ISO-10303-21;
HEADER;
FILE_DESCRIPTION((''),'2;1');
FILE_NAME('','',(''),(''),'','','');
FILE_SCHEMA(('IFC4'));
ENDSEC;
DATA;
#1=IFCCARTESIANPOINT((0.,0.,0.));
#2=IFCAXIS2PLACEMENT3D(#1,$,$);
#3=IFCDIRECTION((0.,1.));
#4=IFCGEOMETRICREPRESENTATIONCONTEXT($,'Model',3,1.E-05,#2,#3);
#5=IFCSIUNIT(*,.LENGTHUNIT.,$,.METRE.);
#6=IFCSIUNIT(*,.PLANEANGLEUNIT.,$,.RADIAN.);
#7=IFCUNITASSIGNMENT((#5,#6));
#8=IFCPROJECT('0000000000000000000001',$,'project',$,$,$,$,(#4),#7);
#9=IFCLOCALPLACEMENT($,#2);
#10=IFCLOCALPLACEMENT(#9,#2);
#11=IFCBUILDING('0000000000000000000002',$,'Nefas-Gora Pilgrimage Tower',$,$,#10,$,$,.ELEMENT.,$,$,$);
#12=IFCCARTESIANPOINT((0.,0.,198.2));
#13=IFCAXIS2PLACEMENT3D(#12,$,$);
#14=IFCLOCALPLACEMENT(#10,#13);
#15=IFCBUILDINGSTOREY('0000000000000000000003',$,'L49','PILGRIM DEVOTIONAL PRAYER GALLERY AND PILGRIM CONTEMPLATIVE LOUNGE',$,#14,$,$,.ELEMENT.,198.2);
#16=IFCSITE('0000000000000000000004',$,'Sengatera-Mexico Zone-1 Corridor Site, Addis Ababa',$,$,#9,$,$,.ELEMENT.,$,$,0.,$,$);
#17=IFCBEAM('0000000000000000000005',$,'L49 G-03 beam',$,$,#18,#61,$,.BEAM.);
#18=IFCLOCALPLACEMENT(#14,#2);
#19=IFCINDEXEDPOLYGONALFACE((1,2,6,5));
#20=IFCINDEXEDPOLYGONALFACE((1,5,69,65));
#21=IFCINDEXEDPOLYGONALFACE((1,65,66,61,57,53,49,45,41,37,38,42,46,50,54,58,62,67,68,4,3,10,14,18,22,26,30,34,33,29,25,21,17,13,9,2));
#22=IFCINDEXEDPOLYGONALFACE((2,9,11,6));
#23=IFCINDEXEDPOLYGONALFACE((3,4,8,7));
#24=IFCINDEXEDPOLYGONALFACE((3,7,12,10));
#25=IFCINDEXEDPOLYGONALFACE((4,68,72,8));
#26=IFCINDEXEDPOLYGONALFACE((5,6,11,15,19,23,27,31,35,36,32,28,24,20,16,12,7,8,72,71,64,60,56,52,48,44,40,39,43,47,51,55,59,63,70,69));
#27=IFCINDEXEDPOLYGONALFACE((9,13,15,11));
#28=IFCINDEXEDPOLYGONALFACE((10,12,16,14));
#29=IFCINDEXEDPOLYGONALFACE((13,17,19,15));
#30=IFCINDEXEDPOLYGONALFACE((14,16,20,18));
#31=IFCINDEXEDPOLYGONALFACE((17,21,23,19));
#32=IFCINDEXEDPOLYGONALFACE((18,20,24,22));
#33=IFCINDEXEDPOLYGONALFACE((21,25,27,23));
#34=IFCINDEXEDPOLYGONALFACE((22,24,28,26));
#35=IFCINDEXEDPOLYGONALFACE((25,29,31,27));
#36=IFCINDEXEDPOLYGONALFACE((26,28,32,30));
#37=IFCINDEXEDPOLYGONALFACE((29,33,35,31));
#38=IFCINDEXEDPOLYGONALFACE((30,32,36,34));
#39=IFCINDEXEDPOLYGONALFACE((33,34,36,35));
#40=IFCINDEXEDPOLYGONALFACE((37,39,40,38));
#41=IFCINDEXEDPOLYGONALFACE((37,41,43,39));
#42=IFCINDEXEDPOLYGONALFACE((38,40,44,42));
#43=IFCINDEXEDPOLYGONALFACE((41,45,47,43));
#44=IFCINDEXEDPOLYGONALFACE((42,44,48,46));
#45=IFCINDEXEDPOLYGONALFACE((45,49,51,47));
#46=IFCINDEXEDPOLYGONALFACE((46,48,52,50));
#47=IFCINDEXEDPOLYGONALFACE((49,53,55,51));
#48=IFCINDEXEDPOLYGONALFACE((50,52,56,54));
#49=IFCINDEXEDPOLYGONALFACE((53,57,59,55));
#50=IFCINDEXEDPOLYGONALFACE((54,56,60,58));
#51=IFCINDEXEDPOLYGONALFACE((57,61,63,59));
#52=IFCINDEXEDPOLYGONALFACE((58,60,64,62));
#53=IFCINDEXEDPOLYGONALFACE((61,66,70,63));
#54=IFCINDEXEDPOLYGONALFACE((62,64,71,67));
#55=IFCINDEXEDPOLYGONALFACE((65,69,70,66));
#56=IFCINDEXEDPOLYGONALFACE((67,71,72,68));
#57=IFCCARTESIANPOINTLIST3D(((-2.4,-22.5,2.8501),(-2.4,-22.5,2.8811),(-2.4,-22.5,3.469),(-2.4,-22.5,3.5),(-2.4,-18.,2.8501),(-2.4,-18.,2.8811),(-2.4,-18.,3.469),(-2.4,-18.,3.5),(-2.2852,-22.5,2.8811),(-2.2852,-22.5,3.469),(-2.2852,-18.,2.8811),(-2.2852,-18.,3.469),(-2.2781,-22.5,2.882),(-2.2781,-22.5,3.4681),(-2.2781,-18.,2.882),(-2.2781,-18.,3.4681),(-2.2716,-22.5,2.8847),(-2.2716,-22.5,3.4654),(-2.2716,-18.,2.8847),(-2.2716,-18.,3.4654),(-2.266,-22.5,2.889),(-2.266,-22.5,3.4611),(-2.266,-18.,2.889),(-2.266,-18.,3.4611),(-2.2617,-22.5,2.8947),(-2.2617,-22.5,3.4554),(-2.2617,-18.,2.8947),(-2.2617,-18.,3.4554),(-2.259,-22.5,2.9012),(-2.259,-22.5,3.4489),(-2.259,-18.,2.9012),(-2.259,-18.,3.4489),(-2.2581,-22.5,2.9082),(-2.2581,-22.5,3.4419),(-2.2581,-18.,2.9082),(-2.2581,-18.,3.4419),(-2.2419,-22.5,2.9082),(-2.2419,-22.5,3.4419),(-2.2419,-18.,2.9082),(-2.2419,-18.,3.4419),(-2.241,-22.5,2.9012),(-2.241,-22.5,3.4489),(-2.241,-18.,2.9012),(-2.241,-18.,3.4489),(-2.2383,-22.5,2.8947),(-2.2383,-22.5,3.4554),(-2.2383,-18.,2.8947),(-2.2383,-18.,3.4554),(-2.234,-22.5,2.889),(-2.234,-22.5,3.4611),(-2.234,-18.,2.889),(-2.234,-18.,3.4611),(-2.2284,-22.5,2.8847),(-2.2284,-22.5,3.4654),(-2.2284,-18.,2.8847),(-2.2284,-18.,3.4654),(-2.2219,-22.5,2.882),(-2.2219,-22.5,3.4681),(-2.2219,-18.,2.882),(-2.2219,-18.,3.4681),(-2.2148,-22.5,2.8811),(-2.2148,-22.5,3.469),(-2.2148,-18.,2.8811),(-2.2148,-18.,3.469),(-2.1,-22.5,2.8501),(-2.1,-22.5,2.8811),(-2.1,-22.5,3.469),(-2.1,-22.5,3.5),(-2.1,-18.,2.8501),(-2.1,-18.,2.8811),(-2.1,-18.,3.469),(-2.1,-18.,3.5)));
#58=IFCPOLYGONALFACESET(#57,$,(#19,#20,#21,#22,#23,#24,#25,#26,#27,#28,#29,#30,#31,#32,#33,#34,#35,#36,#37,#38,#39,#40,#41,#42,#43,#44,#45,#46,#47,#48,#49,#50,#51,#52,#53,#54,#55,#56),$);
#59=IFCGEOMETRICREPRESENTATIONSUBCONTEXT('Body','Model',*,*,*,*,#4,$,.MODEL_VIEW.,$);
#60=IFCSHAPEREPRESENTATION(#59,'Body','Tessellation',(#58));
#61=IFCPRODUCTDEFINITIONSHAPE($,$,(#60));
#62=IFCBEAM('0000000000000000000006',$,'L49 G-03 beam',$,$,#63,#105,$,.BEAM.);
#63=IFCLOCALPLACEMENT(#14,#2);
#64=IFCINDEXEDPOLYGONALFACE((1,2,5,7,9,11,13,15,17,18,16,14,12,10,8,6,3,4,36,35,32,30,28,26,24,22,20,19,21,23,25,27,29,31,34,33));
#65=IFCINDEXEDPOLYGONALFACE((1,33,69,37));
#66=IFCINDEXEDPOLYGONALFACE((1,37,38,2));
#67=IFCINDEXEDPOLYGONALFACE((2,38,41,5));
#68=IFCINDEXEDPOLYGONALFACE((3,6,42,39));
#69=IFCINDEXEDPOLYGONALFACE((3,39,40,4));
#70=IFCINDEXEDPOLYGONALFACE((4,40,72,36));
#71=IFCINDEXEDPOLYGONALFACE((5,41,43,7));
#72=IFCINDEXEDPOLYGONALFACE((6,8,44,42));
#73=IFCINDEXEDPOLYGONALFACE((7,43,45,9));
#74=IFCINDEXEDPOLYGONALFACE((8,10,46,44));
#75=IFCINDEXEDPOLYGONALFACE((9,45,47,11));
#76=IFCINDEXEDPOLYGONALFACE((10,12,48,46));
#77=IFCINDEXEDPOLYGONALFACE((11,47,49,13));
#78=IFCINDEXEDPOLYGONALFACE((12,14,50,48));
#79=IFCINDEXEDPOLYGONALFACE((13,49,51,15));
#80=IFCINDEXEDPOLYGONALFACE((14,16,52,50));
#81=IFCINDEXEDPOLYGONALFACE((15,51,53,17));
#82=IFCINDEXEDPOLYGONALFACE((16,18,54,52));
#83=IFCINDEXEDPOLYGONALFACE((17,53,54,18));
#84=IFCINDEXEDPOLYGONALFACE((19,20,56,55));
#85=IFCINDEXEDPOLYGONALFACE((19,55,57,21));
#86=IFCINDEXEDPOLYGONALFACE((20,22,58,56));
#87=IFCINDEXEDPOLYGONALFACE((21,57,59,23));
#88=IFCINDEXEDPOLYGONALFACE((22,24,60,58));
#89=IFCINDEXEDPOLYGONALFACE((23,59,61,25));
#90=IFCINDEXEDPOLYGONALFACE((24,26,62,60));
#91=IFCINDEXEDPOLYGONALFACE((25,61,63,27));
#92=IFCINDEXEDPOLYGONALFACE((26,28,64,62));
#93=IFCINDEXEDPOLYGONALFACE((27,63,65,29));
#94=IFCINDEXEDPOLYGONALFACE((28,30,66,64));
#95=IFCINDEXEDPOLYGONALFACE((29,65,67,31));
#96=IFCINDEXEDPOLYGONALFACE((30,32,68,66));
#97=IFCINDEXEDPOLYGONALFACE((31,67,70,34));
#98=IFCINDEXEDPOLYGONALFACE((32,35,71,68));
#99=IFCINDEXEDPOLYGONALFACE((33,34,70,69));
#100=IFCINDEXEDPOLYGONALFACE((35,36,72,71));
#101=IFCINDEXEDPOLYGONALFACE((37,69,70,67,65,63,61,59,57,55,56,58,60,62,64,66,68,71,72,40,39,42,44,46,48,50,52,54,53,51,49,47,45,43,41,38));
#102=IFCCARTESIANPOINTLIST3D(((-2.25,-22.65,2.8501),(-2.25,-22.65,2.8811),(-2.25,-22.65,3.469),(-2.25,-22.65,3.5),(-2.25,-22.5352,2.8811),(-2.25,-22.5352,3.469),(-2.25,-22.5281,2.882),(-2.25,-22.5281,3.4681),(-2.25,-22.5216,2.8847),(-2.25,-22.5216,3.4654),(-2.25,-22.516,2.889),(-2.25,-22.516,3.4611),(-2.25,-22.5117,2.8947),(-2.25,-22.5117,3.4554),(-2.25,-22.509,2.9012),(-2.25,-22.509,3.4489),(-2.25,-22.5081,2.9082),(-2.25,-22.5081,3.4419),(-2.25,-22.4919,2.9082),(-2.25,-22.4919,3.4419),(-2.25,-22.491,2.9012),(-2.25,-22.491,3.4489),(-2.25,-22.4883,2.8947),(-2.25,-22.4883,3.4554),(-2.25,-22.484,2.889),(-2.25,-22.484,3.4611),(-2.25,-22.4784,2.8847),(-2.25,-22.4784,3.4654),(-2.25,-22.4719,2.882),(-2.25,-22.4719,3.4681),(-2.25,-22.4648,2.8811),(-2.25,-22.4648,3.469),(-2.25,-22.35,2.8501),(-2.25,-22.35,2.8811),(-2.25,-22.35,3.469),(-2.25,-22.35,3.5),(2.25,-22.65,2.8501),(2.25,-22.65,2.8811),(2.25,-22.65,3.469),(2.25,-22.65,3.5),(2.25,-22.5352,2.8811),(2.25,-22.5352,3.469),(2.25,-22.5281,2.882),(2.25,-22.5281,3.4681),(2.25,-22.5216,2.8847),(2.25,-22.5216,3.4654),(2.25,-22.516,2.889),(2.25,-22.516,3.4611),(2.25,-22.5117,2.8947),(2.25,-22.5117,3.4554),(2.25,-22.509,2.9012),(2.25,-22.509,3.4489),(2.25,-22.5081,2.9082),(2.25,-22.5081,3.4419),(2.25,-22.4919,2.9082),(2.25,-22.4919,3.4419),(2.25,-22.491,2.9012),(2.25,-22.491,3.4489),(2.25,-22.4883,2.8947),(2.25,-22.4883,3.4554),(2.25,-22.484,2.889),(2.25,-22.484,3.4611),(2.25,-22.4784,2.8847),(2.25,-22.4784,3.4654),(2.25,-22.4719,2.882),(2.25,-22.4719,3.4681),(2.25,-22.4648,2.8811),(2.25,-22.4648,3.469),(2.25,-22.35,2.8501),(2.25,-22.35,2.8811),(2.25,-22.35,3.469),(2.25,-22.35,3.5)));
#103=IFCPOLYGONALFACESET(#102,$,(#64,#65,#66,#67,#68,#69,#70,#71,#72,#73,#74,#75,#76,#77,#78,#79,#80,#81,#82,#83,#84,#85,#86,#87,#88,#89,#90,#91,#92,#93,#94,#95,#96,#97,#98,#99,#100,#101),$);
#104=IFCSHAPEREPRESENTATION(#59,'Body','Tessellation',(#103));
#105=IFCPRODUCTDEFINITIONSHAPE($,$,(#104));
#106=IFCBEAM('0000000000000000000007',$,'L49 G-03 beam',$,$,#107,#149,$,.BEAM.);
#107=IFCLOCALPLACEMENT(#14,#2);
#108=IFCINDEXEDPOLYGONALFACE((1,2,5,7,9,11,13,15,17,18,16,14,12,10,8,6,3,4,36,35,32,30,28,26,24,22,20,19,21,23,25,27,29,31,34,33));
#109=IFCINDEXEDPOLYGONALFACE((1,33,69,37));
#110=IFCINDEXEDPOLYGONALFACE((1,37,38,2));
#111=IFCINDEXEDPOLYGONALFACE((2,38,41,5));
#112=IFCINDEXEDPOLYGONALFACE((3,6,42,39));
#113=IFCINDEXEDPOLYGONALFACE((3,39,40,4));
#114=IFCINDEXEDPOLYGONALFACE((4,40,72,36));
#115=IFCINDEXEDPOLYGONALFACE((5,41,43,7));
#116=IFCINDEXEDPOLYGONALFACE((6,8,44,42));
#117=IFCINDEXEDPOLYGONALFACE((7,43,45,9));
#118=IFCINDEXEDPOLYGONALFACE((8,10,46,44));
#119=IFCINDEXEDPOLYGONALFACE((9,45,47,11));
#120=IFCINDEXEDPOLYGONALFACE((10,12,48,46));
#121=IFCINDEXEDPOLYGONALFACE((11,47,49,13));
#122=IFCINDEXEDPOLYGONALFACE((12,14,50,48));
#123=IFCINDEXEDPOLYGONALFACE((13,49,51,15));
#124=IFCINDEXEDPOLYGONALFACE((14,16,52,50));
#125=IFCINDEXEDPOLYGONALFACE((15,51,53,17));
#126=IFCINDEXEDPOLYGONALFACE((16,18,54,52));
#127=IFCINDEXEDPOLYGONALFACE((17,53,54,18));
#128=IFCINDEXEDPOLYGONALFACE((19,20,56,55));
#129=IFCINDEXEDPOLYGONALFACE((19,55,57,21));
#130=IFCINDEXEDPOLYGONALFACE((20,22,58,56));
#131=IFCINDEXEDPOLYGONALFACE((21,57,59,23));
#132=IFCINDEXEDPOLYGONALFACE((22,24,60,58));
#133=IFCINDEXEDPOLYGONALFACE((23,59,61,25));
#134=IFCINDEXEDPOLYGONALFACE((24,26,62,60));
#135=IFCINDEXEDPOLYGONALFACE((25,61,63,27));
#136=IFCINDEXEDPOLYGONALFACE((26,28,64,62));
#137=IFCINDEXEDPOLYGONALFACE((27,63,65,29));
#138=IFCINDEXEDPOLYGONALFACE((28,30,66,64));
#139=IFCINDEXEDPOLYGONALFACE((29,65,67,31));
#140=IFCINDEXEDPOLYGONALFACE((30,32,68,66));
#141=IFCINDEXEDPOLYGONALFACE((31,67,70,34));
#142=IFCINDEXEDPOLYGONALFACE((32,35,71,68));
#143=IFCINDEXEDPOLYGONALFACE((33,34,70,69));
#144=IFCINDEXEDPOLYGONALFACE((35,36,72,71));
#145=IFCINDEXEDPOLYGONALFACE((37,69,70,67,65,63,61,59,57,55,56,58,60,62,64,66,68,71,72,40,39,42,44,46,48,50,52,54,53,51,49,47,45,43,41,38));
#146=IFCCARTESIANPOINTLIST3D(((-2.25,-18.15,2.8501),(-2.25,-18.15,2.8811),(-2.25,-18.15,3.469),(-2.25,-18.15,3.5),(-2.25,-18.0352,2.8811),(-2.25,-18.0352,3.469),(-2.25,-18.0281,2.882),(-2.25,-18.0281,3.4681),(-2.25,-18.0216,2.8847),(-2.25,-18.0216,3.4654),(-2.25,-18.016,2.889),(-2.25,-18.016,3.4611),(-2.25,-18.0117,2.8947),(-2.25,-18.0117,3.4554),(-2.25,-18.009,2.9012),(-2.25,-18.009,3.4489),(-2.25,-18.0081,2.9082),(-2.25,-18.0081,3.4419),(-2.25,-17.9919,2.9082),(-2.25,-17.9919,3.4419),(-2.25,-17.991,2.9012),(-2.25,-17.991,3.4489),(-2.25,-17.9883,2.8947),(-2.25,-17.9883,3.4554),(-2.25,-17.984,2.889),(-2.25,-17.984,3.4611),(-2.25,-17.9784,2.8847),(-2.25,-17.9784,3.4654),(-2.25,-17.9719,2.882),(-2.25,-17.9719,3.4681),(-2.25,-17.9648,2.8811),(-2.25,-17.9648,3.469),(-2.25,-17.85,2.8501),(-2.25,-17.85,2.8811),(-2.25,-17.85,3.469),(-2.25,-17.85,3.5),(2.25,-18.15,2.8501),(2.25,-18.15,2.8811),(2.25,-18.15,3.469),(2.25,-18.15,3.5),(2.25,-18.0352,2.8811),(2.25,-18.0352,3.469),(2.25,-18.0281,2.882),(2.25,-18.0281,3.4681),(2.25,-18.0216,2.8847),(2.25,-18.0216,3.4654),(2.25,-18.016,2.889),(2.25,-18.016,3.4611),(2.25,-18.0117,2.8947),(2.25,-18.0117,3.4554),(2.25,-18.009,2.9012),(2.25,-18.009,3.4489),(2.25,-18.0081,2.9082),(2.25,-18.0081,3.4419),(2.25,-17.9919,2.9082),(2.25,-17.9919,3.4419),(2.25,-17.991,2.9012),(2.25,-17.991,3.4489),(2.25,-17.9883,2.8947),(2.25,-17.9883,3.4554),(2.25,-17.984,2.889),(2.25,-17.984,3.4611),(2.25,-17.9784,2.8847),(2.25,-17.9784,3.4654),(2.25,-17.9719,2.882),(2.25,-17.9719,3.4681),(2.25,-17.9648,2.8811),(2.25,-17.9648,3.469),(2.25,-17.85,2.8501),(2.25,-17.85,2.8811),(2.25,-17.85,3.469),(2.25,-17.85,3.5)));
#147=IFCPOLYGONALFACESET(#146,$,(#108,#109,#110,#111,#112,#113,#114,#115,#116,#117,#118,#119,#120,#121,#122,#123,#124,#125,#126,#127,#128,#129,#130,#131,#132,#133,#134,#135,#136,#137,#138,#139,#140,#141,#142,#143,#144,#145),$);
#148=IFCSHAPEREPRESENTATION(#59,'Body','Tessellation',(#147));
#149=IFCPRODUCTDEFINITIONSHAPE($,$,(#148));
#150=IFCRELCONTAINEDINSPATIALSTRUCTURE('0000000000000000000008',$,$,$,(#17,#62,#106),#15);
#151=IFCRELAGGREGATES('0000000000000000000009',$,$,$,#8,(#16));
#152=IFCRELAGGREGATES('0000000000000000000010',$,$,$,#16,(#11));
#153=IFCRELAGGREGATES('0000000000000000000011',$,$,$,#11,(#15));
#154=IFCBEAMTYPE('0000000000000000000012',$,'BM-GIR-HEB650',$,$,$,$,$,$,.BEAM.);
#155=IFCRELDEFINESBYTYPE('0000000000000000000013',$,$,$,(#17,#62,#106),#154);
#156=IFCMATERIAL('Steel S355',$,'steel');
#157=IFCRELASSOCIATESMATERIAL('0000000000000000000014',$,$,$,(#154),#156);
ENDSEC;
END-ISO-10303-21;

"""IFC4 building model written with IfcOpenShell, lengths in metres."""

from ifc_helpers import new_model, si_unit, direction, frame, origin, origin_2d, place, context, subcontext, project, spatial, i_section, extrude, source, transform, mapped, material, material_profile, profile_set, type_object, element, save


model = new_model("IFC4")

# Units and contexts
model_context = context("Model", 3, precision=1e-05, world=origin(), true_north=direction((0.0, 1.0)))
body_context = subcontext(model_context, "Body", "Model", "MODEL_VIEW")
ifc_project = project(units=[si_unit("LENGTHUNIT", "METRE"), si_unit("PLANEANGLEUNIT", "RADIAN")], contexts=[model_context])

# Site, building, storey
site_placement = place(None, origin())
site = spatial("IfcSite", under=ifc_project, at=site_placement, Name="Sengatera-Mexico Zone-1 Corridor Site, Addis Ababa", CompositionType="ELEMENT", RefElevation=0.0)
building_placement = place(site_placement, origin())
building = spatial("IfcBuilding", under=site, at=building_placement, Name="Nefas-Gora Pilgrimage Tower", CompositionType="ELEMENT")
storey_placement = place(building_placement, frame((0.0, 0.0, 198.2)))
storey = spatial("IfcBuildingStorey", under=building, at=storey_placement, Name="L49", Description="PILGRIM DEVOTIONAL PRAYER GALLERY AND PILGRIM CONTEMPLATIVE LOUNGE", CompositionType="ELEMENT", Elevation=198.2)

# Beams
ifc_material_1 = material(Name="Steel S355", Category="steel")
ifc_material_profile_1 = material_profile(ifc_material_1, i_section(OverallWidth=0.3, OverallDepth=0.6499, WebThickness=0.0161, FlangeThickness=0.031, FilletRadius=0.0271, at=origin_2d()), Name="HEB 650")
ifc_profile_set_1 = profile_set([ifc_material_profile_1], Name="Steel S355")
beam_type = type_object("IfcBeamType", Name="BM-GIR-HEB650", PredefinedType="BEAM", material=ifc_profile_set_1)
shared_shape_1 = source(origin(), body_context, "Body", "SweptSolid", [
    extrude(i_section(OverallWidth=0.3, OverallDepth=0.6499, WebThickness=0.0161, FlangeThickness=0.031, FilletRadius=0.0271, at=origin_2d()), origin(), (0.0, 0.0, 1.0), 4.5),
])
for number, where, z_axis, x_axis, name in (
    (1, (-2.25, -22.5, 3.175), (0.0, 1.0, 0.0), (-1.0, 0.0, 0.0), "L49 G-03 beam"),
    (2, (-2.25, -22.5, 3.175), (1.0, 0.0, 0.0), (0.0, 1.0, 0.0), "L49 G-03 beam"),
    (3, (-2.25, -18.0, 3.175), (1.0, 0.0, 0.0), (0.0, 1.0, 0.0), "L49 G-03 beam"),
):
    element("IfcBeam", number, at=place(storey_placement, frame(where, z_axis=z_axis, x_axis=x_axis)), inside=storey, type_object=beam_type, Name=name, PredefinedType="BEAM", context=body_context, shape_type="MappedRepresentation", body=[
        mapped(shared_shape_1, transform((0.0, 0.0, 0.0), x_axis=(1.0, 0.0, 0.0), y_axis=(0.0, 1.0, 0.0), z_axis=(0.0, 0.0, 1.0), scale=1.0)),
    ])

save(model, "model.ifc")
